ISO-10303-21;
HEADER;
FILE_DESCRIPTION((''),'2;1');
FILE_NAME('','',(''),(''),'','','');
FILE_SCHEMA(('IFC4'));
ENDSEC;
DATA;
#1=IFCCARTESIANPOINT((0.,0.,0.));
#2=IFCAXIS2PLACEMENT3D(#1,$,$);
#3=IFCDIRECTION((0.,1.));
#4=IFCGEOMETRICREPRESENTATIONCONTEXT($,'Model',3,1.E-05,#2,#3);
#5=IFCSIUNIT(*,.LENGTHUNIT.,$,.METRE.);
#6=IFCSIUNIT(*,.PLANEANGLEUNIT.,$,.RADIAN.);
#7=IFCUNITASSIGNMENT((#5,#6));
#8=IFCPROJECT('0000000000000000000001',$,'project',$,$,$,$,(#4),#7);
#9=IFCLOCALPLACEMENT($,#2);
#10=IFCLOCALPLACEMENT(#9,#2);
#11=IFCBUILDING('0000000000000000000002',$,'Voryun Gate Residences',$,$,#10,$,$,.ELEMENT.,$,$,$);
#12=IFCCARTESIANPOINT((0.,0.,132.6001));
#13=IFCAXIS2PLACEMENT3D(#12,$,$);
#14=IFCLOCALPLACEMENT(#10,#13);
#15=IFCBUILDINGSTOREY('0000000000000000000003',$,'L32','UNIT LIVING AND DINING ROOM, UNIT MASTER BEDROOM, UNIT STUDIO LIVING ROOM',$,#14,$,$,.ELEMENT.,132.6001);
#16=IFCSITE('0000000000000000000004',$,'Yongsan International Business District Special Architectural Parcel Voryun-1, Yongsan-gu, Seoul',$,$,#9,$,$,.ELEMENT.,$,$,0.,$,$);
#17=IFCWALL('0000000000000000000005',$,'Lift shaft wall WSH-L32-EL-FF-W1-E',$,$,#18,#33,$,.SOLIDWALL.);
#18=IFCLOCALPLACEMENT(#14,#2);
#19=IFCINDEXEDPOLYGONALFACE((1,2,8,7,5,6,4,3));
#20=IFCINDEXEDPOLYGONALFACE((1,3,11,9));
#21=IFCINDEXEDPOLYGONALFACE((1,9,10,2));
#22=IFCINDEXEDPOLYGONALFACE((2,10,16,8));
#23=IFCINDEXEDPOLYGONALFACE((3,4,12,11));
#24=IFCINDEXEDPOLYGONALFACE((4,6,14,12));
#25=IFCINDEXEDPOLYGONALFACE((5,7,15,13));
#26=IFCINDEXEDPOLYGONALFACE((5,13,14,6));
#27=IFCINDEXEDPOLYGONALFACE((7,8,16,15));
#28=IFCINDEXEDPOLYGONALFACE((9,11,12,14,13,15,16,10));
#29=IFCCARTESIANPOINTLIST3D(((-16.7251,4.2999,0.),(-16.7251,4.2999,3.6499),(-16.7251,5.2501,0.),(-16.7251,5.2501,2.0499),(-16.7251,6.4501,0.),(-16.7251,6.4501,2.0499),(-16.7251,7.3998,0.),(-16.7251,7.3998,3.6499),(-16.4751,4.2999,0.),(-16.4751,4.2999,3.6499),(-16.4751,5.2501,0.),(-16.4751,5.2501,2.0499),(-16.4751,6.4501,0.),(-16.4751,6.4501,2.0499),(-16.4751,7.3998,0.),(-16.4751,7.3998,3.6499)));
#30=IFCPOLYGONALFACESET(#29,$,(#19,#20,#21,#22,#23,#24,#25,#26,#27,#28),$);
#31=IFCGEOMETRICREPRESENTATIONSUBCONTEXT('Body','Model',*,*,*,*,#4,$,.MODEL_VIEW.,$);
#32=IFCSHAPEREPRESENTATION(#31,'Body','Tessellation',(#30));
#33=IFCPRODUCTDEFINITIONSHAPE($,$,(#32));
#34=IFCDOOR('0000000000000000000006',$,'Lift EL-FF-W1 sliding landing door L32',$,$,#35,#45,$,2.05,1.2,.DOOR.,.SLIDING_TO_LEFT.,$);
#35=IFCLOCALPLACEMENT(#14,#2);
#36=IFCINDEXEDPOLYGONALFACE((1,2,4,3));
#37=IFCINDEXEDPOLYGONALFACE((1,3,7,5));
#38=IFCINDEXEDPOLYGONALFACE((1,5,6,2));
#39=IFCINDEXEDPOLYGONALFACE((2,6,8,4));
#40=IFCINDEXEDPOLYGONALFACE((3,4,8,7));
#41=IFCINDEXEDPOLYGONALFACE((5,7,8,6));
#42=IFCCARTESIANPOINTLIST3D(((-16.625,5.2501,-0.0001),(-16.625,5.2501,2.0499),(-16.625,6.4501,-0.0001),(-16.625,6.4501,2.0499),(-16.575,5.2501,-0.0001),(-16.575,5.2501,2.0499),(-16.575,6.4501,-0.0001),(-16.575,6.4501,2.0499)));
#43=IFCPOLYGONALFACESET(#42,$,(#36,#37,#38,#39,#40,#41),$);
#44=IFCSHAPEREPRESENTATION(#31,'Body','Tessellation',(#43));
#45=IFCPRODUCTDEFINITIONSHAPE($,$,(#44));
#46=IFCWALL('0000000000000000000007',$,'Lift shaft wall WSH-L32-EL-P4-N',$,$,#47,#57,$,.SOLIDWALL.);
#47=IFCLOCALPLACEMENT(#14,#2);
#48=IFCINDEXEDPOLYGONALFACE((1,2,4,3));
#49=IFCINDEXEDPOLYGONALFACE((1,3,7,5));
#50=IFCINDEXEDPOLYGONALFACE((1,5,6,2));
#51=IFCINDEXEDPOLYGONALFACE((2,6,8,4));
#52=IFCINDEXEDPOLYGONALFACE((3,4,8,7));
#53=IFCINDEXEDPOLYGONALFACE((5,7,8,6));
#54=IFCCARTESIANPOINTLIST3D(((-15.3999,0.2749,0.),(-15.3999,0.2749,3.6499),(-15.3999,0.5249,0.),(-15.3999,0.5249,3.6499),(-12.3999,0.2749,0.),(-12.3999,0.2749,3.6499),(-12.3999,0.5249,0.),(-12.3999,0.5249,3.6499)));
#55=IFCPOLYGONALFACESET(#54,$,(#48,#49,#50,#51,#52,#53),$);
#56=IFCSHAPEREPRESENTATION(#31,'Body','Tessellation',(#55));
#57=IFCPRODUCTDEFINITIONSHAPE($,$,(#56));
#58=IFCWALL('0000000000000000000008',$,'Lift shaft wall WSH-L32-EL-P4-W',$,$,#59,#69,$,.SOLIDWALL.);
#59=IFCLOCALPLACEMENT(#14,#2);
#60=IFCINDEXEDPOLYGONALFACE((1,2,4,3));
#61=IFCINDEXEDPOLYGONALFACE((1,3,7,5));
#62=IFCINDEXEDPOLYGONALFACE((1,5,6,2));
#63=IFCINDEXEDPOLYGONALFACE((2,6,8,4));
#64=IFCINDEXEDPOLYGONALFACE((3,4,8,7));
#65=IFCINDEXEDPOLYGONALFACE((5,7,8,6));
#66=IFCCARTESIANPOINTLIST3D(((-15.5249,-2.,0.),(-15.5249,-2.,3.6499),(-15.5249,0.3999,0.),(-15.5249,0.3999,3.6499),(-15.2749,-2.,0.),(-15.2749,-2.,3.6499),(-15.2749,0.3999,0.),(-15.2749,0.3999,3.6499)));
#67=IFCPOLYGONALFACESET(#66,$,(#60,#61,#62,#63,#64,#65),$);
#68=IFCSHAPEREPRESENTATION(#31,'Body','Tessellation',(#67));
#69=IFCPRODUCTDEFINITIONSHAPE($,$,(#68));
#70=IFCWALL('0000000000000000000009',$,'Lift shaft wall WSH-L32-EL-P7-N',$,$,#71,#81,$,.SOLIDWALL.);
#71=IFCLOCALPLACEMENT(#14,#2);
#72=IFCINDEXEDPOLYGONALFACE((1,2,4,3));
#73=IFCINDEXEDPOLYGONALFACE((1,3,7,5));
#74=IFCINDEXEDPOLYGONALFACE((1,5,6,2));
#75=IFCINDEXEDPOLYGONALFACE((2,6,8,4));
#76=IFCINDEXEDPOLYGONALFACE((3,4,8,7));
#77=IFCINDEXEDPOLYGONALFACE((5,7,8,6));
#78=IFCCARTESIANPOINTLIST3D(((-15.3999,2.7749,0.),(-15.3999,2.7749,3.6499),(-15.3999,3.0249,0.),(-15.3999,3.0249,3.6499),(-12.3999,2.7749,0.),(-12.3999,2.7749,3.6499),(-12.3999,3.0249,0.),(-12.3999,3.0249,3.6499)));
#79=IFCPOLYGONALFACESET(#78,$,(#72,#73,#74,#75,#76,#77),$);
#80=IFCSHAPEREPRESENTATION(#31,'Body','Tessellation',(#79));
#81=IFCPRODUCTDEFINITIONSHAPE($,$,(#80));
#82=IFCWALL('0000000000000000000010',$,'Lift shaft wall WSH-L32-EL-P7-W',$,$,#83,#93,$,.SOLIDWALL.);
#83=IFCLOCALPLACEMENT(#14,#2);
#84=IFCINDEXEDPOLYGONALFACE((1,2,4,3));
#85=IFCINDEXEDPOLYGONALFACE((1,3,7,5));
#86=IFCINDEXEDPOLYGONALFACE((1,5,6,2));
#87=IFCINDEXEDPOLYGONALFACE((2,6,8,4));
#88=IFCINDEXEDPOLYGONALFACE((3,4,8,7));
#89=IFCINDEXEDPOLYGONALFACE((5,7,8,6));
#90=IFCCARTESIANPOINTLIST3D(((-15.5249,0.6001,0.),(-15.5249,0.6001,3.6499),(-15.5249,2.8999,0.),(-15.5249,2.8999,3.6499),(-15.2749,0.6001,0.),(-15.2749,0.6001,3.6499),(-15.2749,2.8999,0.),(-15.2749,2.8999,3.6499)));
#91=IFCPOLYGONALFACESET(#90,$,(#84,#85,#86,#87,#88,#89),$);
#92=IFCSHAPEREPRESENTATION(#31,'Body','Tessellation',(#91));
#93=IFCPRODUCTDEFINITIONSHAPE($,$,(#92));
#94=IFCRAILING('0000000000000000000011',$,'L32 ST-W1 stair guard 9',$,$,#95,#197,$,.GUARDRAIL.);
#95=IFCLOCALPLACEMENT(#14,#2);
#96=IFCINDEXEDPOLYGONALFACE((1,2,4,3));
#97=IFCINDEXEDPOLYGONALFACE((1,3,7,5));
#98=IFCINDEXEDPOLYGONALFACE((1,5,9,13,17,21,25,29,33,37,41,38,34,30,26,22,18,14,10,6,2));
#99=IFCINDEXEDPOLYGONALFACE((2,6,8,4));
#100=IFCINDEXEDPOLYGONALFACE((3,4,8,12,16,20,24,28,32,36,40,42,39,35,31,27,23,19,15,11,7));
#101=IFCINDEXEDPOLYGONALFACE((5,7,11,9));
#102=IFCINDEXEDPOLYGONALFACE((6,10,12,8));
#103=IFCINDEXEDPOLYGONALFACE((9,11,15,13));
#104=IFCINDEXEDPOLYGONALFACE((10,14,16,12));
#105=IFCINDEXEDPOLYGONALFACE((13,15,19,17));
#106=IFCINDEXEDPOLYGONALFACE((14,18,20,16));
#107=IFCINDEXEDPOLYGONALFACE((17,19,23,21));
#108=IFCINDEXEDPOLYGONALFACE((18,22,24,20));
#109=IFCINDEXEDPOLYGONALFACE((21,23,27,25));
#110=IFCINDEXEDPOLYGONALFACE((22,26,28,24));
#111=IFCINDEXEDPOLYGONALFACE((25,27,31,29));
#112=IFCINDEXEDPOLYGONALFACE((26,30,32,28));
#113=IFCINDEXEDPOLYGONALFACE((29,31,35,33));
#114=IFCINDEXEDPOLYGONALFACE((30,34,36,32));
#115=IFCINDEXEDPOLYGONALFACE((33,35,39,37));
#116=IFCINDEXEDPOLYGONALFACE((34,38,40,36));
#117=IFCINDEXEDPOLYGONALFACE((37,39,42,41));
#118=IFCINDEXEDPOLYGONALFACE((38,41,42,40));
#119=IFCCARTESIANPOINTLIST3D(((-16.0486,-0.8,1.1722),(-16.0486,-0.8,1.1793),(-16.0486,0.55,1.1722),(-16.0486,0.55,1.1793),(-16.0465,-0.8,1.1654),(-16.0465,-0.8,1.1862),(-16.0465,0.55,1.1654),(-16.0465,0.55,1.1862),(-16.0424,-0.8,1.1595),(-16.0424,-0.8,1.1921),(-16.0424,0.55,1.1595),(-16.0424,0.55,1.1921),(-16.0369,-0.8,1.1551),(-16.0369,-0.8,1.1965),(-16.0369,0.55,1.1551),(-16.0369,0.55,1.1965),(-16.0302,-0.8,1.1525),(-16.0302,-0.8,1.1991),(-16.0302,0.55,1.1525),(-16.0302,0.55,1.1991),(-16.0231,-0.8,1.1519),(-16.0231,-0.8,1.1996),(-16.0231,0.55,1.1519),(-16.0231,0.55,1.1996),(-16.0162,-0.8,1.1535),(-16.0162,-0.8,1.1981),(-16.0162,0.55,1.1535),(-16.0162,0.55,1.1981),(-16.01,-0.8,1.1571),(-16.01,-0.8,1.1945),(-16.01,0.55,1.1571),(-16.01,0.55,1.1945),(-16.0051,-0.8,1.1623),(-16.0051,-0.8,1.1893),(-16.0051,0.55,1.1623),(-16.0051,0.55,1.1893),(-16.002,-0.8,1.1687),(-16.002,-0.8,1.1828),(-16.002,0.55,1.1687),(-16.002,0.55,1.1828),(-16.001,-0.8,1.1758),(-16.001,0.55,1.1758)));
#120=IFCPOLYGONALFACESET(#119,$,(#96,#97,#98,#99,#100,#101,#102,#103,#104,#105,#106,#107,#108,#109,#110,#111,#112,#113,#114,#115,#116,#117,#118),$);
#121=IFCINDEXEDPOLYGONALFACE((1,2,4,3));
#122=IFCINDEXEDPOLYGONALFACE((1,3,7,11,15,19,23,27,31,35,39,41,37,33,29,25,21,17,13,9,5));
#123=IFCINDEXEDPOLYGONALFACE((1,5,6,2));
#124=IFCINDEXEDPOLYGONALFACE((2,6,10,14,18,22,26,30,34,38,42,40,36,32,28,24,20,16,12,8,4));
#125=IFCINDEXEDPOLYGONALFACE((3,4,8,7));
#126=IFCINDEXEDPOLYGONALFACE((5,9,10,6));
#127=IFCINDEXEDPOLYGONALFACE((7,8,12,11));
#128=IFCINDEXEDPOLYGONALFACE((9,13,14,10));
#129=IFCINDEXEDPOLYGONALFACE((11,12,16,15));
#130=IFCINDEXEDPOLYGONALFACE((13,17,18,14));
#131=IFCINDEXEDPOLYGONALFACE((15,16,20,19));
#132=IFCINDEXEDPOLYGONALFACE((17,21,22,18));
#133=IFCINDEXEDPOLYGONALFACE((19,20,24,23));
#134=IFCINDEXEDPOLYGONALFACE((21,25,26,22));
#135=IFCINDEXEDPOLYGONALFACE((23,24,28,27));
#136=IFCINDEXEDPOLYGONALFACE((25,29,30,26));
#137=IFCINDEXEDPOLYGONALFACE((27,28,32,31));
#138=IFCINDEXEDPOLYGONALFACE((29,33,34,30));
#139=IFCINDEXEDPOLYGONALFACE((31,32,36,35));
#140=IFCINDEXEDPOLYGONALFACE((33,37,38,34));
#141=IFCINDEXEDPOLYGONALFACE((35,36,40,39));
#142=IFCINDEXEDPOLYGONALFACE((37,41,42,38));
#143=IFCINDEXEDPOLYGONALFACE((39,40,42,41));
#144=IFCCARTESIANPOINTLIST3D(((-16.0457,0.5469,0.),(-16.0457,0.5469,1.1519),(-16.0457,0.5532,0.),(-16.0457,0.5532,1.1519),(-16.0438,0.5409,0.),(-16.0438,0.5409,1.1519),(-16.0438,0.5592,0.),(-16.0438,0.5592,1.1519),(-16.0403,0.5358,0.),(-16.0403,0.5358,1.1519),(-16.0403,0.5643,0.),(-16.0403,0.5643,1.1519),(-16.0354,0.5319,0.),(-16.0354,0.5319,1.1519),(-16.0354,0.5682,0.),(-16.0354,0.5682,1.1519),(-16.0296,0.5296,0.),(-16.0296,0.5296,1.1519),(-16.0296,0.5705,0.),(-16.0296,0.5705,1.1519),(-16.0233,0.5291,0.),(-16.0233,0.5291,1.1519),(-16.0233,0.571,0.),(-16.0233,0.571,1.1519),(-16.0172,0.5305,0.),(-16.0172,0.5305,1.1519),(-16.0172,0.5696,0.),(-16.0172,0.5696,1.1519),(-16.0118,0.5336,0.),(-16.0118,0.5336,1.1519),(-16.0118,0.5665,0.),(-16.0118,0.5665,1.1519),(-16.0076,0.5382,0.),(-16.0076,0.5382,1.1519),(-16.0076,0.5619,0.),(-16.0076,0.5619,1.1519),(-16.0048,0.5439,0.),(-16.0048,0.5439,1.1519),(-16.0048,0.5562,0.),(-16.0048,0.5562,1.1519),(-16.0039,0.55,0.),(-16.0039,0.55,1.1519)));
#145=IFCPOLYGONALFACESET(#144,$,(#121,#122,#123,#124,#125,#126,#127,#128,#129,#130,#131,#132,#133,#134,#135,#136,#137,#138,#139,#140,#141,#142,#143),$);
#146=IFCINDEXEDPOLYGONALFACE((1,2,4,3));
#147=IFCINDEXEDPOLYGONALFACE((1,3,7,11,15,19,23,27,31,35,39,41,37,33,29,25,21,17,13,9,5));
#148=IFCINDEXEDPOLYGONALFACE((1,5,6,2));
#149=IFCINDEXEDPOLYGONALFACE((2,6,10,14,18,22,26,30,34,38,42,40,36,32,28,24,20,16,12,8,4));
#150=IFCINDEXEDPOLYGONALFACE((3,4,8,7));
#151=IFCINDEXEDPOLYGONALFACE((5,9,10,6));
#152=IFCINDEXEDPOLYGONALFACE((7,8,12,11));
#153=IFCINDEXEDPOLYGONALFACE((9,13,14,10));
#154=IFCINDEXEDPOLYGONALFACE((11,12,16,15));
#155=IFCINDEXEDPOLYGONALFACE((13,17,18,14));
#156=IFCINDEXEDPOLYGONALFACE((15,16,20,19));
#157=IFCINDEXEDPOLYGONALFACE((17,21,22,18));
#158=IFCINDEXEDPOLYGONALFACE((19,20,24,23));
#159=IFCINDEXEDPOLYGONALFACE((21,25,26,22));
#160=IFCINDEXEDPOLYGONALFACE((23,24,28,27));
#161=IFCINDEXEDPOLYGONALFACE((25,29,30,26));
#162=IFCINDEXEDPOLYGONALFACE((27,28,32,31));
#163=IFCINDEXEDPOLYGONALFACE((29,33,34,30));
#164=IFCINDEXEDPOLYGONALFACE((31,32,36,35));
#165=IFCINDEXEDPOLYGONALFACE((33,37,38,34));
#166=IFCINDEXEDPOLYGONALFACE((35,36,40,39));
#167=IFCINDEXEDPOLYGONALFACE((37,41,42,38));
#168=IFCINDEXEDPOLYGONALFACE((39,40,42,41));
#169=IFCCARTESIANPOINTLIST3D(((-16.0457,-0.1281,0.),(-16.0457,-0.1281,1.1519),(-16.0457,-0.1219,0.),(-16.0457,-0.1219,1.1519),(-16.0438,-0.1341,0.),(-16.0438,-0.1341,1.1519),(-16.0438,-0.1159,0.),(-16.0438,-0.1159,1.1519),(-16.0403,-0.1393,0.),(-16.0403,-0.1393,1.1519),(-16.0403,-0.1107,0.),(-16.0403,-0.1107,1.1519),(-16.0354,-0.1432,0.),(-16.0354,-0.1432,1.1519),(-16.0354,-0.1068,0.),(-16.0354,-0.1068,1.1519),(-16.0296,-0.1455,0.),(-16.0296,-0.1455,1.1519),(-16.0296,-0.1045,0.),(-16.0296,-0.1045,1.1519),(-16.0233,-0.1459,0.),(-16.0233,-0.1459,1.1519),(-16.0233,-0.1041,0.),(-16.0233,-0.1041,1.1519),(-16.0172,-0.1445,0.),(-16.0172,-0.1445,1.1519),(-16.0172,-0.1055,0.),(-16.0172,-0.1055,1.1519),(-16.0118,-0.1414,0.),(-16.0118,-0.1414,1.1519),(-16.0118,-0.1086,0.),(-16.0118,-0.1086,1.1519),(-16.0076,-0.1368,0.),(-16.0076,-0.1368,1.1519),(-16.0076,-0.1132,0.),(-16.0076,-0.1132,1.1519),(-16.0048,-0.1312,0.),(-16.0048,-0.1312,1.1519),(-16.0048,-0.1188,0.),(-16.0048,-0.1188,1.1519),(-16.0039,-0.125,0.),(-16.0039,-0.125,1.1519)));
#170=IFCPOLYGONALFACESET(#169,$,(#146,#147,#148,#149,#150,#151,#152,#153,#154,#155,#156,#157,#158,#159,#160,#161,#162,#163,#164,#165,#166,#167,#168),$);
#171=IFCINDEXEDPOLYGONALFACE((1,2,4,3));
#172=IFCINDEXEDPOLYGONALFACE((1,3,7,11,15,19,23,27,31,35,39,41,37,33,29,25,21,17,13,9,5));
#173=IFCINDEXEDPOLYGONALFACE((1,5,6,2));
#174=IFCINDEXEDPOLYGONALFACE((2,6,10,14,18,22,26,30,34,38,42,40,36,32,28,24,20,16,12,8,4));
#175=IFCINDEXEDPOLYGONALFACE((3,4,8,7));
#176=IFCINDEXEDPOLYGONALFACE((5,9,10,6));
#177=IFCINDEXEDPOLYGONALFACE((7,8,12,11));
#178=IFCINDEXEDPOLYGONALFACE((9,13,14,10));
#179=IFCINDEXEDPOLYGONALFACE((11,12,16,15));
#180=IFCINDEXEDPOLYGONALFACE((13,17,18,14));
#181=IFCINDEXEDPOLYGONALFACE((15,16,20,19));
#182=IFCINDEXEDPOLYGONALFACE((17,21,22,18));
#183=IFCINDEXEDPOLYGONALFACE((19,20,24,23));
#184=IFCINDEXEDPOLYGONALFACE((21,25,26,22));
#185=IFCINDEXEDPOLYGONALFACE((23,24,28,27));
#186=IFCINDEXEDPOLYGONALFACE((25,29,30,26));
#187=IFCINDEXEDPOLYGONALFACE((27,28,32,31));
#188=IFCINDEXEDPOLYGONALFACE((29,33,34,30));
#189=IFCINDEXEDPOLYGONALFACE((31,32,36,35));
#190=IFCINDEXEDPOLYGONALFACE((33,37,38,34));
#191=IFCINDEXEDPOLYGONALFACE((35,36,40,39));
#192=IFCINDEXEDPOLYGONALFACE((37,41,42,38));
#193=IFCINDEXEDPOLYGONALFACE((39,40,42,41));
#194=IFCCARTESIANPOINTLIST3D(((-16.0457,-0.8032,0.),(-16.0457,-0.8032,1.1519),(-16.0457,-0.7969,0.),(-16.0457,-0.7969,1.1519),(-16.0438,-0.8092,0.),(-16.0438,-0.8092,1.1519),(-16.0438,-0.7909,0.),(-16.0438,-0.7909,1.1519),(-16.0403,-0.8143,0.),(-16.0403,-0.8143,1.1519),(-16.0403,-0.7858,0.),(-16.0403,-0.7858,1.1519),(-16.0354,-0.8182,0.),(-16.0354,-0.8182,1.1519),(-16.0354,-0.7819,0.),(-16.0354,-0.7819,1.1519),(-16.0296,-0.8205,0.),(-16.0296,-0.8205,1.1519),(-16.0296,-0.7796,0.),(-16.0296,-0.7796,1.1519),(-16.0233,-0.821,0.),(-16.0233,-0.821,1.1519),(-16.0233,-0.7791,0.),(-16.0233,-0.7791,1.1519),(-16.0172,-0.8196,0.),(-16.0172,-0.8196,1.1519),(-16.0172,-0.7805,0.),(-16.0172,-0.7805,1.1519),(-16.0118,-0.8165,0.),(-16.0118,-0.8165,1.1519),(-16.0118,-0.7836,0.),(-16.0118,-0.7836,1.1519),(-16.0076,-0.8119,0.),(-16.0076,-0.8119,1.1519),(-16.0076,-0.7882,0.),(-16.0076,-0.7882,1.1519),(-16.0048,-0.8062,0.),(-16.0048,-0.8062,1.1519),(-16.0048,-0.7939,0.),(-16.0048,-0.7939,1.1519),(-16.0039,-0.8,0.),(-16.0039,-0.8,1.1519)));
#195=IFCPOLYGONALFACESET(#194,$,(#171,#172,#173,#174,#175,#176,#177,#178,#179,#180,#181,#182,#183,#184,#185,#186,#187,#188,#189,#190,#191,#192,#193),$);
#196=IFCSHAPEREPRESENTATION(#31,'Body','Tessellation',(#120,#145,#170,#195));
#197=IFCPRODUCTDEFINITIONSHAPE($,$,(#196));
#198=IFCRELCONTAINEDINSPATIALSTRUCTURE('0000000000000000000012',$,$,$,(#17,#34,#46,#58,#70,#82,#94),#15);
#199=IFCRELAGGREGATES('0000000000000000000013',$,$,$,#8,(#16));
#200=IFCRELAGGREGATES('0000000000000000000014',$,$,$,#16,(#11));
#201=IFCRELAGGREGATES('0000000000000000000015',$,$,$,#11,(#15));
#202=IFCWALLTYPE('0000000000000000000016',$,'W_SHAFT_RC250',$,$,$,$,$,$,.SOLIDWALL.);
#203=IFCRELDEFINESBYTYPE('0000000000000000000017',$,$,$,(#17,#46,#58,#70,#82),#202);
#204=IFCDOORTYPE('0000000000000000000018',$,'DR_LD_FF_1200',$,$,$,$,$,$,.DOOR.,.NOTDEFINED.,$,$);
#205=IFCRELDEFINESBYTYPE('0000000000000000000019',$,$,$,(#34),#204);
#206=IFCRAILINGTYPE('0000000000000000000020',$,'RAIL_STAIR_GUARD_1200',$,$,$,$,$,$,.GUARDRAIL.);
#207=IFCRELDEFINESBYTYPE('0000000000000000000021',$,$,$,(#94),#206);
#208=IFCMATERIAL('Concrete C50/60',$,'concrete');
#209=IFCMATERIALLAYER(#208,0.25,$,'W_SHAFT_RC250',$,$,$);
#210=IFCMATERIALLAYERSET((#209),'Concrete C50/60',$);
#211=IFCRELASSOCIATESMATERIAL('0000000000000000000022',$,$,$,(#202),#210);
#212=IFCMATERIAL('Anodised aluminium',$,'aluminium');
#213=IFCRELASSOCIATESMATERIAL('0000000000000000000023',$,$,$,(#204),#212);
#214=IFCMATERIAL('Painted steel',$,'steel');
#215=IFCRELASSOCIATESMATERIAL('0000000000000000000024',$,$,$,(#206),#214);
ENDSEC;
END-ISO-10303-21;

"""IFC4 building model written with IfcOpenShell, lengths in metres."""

from ifc_helpers import new_model, si_unit, direction, frame, frame_2d, origin, origin_2d, place, context, subcontext, project, spatial, rectangle, circle, extrude, material, layer, layer_set, type_object, element, fill, save


model = new_model("IFC4")

# Units and contexts
model_context = context("Model", 3, precision=1e-05, world=origin(), true_north=direction((0.0, 1.0)))
body_context = subcontext(model_context, "Body", "Model", "MODEL_VIEW")
ifc_project = project(units=[si_unit("LENGTHUNIT", "METRE"), si_unit("PLANEANGLEUNIT", "RADIAN")], contexts=[model_context])

# Site, building, storey
site_placement = place(None, origin())
site = spatial("IfcSite", under=ifc_project, at=site_placement, Name="Yongsan International Business District Special Architectural Parcel Voryun-1, Yongsan-gu, Seoul", CompositionType="ELEMENT", RefElevation=0.0)
building_placement = place(site_placement, origin())
building = spatial("IfcBuilding", under=site, at=building_placement, Name="Voryun Gate Residences", CompositionType="ELEMENT")
storey_placement = place(building_placement, frame((0.0, 0.0, 132.6001)))
storey = spatial("IfcBuildingStorey", under=building, at=storey_placement, Name="L32", Description="UNIT LIVING AND DINING ROOM, UNIT MASTER BEDROOM, UNIT STUDIO LIVING ROOM", CompositionType="ELEMENT", Elevation=132.6001)

# Wall, opening, door
ifc_material_1 = material(Name="Concrete C50/60", Category="concrete")
ifc_layer_1 = layer(ifc_material_1, 0.25, Name="W_SHAFT_RC250")
ifc_layer_set_1 = layer_set([ifc_layer_1], Name="Concrete C50/60")
wall_type_1 = type_object("IfcWallType", Name="W_SHAFT_RC250", PredefinedType="SOLIDWALL", material=ifc_layer_set_1)
wall_1_placement = place(storey_placement, frame((-16.6001, 4.3, 0.0), z_axis=(0.0, 0.0, 1.0), x_axis=(0.0, 1.0, 0.0)))
wall_1 = element("IfcWall", 1, at=wall_1_placement, inside=storey, type_object=wall_type_1, Name="Lift shaft wall WSH-L32-EL-FF-W1-E", PredefinedType="SOLIDWALL", context=body_context, shape_type="SweptSolid", body=[
    extrude(rectangle(XDim=3.0999, YDim=0.25, at=frame_2d((1.5498, 0.0))), origin(), (0.0, 0.0, 1.0), 3.6499),
])
opening_1_placement = place(wall_1_placement, frame((0.95, 0.0, 0.0)))
opening_1 = element("IfcOpeningElement", 2, at=opening_1_placement, cuts=wall_1, PredefinedType="OPENING", context=body_context, shape_type="SweptSolid", body=[
    extrude(rectangle(XDim=1.2, YDim=2.05, at=frame_2d((0.6001, 1.0249))), frame((0.0, 0.135, 0.0), z_axis=(0.0, -1.0, 0.0), x_axis=(1.0, 0.0, 0.0)), (0.0, 0.0, 1.0), 0.27),
])
ifc_material_2 = material(Name="Anodised aluminium", Category="aluminium")
door_type_1 = type_object("IfcDoorType", Name="DR_LD_FF_1200", OperationType="NOTDEFINED", PredefinedType="DOOR", material=ifc_material_2)
door_1_placement = place(opening_1_placement, origin())
door_1 = element("IfcDoor", 3, at=door_1_placement, inside=storey, type_object=door_type_1, Name="Lift EL-FF-W1 sliding landing door L32", OperationType="SLIDING_TO_LEFT", OverallHeight=2.05, OverallWidth=1.2, PredefinedType="DOOR", context=body_context, shape_type="SweptSolid", body=[
    extrude(rectangle(XDim=1.2, YDim=2.05, at=frame_2d((0.6001, 1.0249))), frame((0.0, 0.0249, 0.0), z_axis=(0.0, -1.0, 0.0), x_axis=(1.0, 0.0, 0.0)), (0.0, 0.0, 1.0), 0.05),
])
fill(opening_1, door_1)

# Walls
wall_2_placement = place(storey_placement, frame((-12.3999, 0.3999, 0.0), z_axis=(0.0, 0.0, 1.0), x_axis=(-1.0, 0.0, 0.0)))
element("IfcWall", 4, at=wall_2_placement, inside=storey, type_object=wall_type_1, Name="Lift shaft wall WSH-L32-EL-P4-N", PredefinedType="SOLIDWALL", context=body_context, shape_type="SweptSolid", body=[
    extrude(rectangle(XDim=3.0, YDim=0.25, at=frame_2d((1.5, 0.0))), origin(), (0.0, 0.0, 1.0), 3.6499),
])
wall_3_placement = place(storey_placement, frame((-15.3999, 0.3999, 0.0), z_axis=(0.0, 0.0, 1.0), x_axis=(0.0, -1.0, 0.0)))
element("IfcWall", 5, at=wall_3_placement, inside=storey, type_object=wall_type_1, Name="Lift shaft wall WSH-L32-EL-P4-W", PredefinedType="SOLIDWALL", context=body_context, shape_type="SweptSolid", body=[
    extrude(rectangle(XDim=2.3999, YDim=0.25, at=frame_2d((1.2, 0.0))), origin(), (0.0, 0.0, 1.0), 3.6499),
])
wall_4_placement = place(storey_placement, frame((-12.3999, 2.8999, 0.0), z_axis=(0.0, 0.0, 1.0), x_axis=(-1.0, 0.0, 0.0)))
element("IfcWall", 6, at=wall_4_placement, inside=storey, type_object=wall_type_1, Name="Lift shaft wall WSH-L32-EL-P7-N", PredefinedType="SOLIDWALL", context=body_context, shape_type="SweptSolid", body=[
    extrude(rectangle(XDim=3.0, YDim=0.25, at=frame_2d((1.5, 0.0))), origin(), (0.0, 0.0, 1.0), 3.6499),
])
wall_5_placement = place(storey_placement, frame((-15.3999, 2.8999, 0.0), z_axis=(0.0, 0.0, 1.0), x_axis=(0.0, -1.0, 0.0)))
element("IfcWall", 7, at=wall_5_placement, inside=storey, type_object=wall_type_1, Name="Lift shaft wall WSH-L32-EL-P7-W", PredefinedType="SOLIDWALL", context=body_context, shape_type="SweptSolid", body=[
    extrude(rectangle(XDim=2.2998, YDim=0.25, at=frame_2d((1.1499, 0.0))), origin(), (0.0, 0.0, 1.0), 3.6499),
])

# Railing
ifc_material_3 = material(Name="Painted steel", Category="steel")
railing_type = type_object("IfcRailingType", Name="RAIL_STAIR_GUARD_1200", PredefinedType="GUARDRAIL", material=ifc_material_3)
railing_1_placement = place(storey_placement, frame((-16.0249, 0.55, 0.0)))
element("IfcRailing", 8, at=railing_1_placement, inside=storey, type_object=railing_type, Name="L32 ST-W1 stair guard 9", PredefinedType="GUARDRAIL", context=body_context, shape_type="SweptSolid", body=[
    extrude(circle(Radius=0.0239, at=origin_2d()), frame((0.0, 0.0, 1.1758), z_axis=(0.0, -1.0, 0.0), x_axis=(1.0, 0.0, 0.0)), (0.0, 0.0, 1.0), 1.3501),
    extrude(circle(Radius=0.021, at=origin_2d()), origin(), (0.0, 0.0, 1.0), 1.1519),
    extrude(circle(Radius=0.021, at=origin_2d()), frame((0.0, -0.675, 0.0)), (0.0, 0.0, 1.0), 1.1519),
    extrude(circle(Radius=0.021, at=origin_2d()), frame((0.0, -1.3501, 0.0)), (0.0, 0.0, 1.0), 1.1519),
])

save(model, "model.ifc")
